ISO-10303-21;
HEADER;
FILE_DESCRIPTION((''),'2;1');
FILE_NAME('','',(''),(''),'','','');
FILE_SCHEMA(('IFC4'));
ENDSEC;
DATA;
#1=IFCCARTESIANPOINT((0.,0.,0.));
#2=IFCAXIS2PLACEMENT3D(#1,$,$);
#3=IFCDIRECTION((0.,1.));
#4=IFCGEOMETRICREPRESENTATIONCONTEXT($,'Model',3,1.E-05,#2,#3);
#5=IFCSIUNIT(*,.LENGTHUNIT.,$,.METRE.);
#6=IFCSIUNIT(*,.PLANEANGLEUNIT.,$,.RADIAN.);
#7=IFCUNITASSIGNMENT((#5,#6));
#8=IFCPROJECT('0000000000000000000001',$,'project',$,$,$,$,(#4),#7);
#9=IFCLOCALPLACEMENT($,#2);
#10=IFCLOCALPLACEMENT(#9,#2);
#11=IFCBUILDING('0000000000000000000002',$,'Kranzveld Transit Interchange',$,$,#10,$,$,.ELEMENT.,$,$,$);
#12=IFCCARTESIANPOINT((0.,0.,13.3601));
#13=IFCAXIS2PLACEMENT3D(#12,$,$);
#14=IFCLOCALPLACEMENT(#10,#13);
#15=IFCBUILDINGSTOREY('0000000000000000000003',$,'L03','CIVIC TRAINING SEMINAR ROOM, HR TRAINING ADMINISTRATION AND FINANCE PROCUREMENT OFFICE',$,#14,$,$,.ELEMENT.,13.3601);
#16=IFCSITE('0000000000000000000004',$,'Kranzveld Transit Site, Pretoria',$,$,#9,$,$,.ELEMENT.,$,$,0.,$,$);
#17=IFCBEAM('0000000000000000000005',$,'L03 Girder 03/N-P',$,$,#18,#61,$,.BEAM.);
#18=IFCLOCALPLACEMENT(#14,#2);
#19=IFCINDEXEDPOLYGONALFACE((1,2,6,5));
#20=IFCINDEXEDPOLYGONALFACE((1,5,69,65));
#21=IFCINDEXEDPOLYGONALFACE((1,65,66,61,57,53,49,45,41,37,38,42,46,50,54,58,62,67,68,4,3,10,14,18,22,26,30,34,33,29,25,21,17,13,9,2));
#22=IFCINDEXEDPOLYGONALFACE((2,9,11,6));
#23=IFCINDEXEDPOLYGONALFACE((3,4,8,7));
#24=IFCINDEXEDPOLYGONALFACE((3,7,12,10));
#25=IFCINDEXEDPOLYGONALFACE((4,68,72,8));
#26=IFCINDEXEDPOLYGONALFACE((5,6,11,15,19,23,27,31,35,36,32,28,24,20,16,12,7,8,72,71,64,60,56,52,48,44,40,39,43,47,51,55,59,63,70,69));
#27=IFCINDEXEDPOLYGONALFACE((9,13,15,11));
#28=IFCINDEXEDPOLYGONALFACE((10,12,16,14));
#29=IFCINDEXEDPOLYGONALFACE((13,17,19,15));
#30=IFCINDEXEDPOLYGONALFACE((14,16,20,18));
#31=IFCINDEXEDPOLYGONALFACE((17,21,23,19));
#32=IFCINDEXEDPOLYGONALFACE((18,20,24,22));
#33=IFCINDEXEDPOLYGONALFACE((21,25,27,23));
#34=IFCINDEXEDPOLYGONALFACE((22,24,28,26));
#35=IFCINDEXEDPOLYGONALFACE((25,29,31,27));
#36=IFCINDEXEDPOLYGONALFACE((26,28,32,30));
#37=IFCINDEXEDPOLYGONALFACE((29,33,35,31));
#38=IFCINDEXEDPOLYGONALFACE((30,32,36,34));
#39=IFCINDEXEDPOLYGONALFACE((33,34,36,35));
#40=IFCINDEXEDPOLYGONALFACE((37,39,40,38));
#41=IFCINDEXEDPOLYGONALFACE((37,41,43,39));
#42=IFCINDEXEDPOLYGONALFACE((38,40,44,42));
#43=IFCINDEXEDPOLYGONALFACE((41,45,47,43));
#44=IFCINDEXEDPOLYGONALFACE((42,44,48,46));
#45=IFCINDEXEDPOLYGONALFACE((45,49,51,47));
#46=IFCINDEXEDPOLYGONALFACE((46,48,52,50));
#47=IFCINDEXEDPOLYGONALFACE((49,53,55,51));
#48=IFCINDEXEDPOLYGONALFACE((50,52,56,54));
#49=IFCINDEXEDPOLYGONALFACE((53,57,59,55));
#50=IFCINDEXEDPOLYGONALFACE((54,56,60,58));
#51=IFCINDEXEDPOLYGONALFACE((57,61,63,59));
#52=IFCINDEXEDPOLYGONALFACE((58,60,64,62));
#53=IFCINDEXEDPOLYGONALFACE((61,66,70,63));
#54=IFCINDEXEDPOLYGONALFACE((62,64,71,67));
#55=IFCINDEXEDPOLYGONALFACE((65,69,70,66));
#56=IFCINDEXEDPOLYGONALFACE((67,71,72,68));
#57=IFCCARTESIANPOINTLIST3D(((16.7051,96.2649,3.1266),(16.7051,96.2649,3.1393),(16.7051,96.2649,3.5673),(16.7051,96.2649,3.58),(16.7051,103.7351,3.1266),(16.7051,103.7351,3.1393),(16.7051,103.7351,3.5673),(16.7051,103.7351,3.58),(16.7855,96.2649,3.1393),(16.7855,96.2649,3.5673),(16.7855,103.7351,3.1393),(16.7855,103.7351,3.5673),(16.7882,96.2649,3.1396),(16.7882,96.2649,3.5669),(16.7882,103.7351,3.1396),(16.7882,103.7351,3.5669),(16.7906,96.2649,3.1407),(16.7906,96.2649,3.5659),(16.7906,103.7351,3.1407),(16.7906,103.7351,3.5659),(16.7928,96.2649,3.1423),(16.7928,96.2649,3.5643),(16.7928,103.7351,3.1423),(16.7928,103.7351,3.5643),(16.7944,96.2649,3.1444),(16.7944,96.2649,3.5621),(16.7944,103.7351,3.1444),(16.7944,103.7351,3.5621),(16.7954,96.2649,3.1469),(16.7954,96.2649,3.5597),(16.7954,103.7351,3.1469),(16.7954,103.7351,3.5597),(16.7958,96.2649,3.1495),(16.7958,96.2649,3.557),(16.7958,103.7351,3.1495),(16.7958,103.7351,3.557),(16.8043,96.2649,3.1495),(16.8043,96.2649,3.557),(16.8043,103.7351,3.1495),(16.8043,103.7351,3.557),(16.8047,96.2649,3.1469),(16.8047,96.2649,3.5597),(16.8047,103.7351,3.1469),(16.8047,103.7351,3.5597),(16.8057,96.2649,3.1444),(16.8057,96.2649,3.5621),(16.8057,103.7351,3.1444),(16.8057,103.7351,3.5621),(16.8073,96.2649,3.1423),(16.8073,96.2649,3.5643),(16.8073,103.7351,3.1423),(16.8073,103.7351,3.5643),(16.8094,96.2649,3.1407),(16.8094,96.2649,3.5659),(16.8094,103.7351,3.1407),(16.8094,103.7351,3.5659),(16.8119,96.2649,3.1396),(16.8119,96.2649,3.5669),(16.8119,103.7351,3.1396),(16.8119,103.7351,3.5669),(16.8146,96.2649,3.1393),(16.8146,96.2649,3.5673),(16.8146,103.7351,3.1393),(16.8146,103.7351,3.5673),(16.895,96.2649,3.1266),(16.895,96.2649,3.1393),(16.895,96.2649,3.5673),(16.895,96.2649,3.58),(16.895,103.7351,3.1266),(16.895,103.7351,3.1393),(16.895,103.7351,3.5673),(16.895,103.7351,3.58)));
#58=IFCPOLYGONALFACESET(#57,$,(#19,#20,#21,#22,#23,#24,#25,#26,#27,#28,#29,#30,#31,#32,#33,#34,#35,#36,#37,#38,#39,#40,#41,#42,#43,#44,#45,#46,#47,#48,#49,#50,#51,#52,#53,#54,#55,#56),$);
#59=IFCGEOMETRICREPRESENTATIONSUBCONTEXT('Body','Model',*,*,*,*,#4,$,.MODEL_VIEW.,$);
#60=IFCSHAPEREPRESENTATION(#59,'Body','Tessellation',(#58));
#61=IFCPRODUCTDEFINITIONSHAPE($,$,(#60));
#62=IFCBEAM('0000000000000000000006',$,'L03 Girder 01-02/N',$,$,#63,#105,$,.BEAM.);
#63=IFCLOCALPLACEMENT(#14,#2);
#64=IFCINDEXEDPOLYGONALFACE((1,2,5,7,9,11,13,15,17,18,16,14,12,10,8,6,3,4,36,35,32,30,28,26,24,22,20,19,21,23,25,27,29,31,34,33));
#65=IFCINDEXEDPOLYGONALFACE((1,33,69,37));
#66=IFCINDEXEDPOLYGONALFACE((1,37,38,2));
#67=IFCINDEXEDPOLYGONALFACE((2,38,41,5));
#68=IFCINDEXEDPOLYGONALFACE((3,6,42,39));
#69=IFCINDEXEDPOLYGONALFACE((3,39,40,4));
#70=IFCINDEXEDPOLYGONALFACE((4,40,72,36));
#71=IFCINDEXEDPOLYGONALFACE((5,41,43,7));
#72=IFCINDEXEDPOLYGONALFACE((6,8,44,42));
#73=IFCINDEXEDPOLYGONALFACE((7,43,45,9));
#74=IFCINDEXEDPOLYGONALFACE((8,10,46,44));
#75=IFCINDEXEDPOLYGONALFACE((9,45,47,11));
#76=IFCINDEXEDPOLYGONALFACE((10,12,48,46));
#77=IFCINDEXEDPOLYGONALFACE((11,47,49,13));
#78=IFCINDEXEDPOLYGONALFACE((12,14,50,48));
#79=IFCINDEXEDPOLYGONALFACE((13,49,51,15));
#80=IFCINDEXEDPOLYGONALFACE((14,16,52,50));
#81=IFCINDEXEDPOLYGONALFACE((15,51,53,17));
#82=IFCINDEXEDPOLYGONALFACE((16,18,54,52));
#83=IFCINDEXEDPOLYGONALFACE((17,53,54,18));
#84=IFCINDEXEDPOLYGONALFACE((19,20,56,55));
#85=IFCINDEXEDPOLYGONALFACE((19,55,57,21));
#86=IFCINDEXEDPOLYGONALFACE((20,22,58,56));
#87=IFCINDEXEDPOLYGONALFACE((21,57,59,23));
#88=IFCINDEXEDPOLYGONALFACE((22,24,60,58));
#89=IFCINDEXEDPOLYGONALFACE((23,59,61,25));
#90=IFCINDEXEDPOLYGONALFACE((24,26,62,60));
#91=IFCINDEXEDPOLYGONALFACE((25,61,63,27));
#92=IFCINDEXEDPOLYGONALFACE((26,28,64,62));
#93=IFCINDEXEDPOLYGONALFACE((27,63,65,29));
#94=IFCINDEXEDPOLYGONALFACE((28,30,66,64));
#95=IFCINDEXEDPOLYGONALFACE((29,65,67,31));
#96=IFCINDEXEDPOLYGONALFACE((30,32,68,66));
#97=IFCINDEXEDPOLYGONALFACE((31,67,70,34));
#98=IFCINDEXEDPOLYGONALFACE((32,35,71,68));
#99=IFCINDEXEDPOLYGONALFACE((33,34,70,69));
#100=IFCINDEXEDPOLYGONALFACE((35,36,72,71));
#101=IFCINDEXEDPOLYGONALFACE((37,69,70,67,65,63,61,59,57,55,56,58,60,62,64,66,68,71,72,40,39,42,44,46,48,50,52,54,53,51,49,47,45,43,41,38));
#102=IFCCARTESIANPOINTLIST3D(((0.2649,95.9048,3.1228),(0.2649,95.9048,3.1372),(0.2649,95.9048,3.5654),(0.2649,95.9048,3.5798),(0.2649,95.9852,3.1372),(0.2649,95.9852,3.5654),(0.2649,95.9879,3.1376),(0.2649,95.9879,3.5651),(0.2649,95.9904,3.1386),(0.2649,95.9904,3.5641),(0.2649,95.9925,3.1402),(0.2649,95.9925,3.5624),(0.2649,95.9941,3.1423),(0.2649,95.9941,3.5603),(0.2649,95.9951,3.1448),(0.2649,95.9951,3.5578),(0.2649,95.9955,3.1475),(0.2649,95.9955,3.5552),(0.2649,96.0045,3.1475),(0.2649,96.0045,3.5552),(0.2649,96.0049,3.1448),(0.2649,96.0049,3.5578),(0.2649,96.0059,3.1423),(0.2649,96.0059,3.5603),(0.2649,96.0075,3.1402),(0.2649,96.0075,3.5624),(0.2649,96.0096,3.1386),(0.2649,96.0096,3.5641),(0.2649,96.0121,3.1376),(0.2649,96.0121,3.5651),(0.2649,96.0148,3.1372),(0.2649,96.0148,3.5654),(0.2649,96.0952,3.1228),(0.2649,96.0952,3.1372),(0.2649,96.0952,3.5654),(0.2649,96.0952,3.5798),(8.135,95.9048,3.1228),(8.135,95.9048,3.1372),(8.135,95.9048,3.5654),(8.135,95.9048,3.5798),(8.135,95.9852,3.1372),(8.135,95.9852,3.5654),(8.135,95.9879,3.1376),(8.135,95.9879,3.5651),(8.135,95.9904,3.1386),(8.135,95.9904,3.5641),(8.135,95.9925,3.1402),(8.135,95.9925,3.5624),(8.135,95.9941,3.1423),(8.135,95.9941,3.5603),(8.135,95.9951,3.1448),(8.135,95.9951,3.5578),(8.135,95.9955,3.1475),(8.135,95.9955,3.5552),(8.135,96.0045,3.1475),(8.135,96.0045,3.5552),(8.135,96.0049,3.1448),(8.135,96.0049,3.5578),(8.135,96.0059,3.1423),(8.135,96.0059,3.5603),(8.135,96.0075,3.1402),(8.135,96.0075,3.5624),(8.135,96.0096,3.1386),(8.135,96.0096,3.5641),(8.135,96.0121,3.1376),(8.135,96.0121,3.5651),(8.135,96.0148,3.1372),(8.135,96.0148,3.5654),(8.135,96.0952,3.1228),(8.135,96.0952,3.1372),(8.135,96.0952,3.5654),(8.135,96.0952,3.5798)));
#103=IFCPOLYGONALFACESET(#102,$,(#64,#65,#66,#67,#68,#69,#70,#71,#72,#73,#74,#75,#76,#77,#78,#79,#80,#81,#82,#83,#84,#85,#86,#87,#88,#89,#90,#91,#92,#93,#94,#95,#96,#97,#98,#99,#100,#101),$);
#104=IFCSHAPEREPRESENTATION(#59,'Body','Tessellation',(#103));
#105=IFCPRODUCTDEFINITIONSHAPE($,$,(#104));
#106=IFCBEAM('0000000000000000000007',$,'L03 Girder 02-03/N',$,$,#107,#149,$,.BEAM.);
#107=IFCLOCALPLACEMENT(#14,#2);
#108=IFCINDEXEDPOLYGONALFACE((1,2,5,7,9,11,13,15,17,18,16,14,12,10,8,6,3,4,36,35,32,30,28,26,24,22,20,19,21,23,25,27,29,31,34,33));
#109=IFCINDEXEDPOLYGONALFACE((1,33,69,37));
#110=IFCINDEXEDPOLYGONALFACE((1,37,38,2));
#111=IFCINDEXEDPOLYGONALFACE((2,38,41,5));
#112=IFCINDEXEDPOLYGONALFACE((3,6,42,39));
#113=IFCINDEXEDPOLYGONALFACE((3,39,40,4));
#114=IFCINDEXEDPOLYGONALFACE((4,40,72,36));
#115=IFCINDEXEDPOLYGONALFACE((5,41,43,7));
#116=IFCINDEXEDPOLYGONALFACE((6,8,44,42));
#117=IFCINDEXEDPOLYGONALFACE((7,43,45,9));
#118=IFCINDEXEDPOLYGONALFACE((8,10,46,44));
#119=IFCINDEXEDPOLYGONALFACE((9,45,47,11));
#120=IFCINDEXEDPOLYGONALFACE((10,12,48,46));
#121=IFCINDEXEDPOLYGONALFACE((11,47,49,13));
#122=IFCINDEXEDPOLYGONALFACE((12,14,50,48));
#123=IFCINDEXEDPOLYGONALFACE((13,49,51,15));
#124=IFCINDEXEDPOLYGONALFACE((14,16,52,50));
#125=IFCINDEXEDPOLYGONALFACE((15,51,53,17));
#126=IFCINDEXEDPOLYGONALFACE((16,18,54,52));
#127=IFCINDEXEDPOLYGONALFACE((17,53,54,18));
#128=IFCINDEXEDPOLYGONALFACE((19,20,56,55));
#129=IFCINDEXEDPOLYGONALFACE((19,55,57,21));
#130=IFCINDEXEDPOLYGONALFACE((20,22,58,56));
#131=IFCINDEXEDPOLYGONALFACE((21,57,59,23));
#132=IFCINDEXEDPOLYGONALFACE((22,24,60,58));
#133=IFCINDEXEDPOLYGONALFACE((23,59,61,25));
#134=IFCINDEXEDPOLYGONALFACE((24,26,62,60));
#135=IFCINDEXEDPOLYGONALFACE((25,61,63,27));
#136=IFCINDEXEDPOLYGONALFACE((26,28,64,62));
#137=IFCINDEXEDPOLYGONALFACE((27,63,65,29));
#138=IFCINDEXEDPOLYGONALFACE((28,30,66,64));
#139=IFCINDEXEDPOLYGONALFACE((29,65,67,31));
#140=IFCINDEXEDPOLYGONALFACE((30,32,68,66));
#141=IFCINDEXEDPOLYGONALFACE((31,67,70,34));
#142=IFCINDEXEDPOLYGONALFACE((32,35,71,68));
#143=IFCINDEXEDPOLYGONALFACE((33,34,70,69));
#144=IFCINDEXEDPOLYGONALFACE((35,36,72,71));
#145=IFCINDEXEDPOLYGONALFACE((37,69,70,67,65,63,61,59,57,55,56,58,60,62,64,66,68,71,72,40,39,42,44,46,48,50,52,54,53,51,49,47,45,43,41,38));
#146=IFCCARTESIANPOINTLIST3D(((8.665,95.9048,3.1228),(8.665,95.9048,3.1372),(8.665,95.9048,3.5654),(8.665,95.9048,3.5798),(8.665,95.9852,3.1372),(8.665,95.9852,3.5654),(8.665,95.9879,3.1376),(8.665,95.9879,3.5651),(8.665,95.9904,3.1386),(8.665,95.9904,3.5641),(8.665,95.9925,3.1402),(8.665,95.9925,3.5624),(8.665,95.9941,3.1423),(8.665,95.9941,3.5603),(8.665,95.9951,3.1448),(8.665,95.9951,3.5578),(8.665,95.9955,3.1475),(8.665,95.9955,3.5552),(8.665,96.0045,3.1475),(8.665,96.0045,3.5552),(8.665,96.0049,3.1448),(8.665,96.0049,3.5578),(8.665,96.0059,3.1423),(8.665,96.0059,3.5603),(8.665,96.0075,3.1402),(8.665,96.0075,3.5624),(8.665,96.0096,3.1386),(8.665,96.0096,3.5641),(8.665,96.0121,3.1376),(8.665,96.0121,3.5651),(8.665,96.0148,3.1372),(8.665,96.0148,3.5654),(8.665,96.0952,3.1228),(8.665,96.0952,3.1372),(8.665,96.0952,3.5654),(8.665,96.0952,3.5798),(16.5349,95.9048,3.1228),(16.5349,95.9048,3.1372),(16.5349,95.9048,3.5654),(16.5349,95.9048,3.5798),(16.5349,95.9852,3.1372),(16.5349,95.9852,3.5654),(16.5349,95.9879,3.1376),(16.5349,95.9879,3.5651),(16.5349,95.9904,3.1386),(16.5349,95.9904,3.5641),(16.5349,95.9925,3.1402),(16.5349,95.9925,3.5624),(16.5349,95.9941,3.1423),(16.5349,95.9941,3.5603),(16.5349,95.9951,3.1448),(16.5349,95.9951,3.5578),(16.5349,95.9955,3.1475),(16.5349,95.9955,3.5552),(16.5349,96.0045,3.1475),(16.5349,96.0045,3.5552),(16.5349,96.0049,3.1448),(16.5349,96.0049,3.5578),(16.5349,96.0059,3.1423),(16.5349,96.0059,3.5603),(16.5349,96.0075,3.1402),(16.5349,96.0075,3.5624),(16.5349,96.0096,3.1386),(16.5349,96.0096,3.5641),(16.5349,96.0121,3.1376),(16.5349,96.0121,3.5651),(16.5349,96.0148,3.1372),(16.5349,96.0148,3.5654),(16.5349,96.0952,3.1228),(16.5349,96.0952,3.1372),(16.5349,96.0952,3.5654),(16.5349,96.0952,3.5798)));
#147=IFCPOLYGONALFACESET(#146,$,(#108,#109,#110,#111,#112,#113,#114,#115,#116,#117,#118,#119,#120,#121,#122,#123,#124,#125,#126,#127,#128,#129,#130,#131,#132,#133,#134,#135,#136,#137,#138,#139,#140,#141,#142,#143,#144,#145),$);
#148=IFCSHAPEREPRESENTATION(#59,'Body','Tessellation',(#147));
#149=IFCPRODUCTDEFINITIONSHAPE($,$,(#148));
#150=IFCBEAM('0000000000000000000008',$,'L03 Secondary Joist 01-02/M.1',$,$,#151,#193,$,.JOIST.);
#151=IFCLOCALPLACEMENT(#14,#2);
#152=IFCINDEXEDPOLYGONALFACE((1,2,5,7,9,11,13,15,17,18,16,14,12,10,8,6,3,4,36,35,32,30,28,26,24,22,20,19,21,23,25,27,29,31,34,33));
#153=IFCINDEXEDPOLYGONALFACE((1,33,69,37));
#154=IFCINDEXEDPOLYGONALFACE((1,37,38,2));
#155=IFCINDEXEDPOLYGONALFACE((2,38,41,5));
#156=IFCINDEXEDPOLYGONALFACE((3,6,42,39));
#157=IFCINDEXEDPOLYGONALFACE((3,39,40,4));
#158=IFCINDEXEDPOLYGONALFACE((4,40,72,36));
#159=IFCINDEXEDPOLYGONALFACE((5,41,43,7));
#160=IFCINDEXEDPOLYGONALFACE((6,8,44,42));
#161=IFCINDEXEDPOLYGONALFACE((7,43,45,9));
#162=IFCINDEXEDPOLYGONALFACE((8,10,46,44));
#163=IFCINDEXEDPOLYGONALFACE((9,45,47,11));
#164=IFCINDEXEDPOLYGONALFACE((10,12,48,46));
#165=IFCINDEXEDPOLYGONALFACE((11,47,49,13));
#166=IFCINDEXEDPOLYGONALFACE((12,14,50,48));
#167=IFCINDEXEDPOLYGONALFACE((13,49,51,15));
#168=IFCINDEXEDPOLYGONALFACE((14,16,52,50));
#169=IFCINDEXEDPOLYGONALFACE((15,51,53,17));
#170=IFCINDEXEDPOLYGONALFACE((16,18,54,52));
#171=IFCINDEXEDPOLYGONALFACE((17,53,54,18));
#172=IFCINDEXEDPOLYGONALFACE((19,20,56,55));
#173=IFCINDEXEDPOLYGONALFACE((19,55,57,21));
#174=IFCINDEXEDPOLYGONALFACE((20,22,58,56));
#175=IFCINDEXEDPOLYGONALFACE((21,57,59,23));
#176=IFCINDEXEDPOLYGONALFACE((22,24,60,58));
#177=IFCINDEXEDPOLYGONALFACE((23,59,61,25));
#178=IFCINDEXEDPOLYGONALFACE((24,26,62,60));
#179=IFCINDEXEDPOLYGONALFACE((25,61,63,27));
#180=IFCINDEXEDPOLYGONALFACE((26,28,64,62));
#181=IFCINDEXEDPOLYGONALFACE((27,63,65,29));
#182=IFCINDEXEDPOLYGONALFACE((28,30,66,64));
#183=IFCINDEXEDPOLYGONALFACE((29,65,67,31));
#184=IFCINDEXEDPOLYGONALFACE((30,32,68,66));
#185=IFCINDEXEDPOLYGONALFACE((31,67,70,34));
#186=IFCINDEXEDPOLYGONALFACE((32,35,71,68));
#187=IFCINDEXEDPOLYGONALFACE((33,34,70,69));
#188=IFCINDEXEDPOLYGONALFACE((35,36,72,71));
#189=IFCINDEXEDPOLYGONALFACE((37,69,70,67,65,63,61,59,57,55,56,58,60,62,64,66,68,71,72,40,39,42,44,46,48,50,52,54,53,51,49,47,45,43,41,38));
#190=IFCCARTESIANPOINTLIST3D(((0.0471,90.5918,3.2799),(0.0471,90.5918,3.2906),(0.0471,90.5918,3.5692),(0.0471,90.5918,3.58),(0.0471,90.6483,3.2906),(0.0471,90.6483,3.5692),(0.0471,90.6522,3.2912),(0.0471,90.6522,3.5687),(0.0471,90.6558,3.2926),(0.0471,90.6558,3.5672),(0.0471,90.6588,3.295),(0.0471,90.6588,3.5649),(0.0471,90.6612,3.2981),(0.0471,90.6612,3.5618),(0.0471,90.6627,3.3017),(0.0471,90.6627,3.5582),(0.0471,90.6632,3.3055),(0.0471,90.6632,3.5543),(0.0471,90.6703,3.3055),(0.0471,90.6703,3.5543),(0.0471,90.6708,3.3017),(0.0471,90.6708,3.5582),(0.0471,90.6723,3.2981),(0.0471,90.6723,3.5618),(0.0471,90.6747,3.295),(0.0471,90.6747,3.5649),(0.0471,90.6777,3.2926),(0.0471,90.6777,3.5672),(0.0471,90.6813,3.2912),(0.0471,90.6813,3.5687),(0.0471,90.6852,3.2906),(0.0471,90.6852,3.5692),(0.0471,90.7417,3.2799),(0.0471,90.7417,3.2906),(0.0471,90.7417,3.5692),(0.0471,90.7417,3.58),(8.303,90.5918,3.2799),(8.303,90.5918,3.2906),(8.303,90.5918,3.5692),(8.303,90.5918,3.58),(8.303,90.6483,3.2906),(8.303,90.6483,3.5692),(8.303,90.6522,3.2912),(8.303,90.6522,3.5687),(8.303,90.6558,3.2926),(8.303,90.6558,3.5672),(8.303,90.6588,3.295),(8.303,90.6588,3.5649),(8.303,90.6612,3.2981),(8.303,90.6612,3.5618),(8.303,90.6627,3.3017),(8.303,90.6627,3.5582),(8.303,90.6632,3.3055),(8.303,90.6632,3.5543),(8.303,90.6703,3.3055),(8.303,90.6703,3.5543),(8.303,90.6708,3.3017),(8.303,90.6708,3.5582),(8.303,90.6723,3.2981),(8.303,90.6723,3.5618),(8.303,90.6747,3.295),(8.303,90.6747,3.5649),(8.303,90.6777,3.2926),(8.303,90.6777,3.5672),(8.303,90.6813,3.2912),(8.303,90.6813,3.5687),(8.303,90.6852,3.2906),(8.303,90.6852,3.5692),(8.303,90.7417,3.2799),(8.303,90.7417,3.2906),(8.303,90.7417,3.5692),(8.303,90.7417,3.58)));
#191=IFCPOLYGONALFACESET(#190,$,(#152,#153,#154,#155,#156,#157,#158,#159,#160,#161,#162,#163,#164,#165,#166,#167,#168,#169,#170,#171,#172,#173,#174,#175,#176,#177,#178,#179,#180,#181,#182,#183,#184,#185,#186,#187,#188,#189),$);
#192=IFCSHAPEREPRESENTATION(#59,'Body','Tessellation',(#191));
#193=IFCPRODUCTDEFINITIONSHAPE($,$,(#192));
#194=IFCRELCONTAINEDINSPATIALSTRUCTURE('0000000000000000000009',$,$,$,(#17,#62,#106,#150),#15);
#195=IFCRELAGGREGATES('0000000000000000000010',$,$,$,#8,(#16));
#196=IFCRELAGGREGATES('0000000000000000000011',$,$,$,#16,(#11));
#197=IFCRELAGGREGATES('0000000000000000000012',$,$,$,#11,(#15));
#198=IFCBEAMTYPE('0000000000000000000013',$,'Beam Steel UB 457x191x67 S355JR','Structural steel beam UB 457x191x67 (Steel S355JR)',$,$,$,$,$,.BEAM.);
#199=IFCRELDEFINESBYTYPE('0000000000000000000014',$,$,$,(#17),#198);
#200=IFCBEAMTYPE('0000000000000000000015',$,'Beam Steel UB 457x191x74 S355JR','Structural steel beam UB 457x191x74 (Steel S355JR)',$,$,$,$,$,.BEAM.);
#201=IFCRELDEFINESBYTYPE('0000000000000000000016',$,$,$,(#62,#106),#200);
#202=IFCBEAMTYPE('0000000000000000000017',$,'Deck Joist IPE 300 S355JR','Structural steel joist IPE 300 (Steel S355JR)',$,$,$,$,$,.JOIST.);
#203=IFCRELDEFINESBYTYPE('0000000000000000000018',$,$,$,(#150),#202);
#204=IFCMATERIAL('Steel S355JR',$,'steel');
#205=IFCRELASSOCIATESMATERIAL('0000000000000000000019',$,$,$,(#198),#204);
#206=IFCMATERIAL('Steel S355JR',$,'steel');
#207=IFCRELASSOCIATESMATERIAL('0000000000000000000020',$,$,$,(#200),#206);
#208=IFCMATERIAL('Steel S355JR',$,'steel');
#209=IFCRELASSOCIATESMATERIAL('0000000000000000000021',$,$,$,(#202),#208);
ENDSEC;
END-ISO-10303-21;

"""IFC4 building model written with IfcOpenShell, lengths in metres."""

from ifc_helpers import new_model, si_unit, direction, frame, origin, origin_2d, place, context, subcontext, project, spatial, i_section, extrude, material, material_profile, profile_set, type_object, element, save


model = new_model("IFC4")

# Units and contexts
model_context = context("Model", 3, precision=1e-05, world=origin(), true_north=direction((0.0, 1.0)))
body_context = subcontext(model_context, "Body", "Model", "MODEL_VIEW")
ifc_project = project(units=[si_unit("LENGTHUNIT", "METRE"), si_unit("PLANEANGLEUNIT", "RADIAN")], contexts=[model_context])

# Site, building, storey
site_placement = place(None, origin())
site = spatial("IfcSite", under=ifc_project, at=site_placement, Name="Kranzveld Transit Site, Pretoria", CompositionType="ELEMENT", RefElevation=0.0)
building_placement = place(site_placement, origin())
building = spatial("IfcBuilding", under=site, at=building_placement, Name="Kranzveld Transit Interchange", CompositionType="ELEMENT")
storey_placement = place(building_placement, frame((0.0, 0.0, 13.3601)))
storey = spatial("IfcBuildingStorey", under=building, at=storey_placement, Name="L03", Description="CIVIC TRAINING SEMINAR ROOM, HR TRAINING ADMINISTRATION AND FINANCE PROCUREMENT OFFICE", CompositionType="ELEMENT", Elevation=13.3601)

# Beams
ifc_material_1 = material(Name="Steel S355JR", Category="steel")
ifc_material_profile_1 = material_profile(ifc_material_1, i_section(OverallWidth=0.1899, OverallDepth=0.4534, WebThickness=0.0085, FlangeThickness=0.0127, FilletRadius=0.0103, at=origin_2d()), Name="UB 457x191x67")
ifc_profile_set_1 = profile_set([ifc_material_profile_1], Name="Steel S355JR")
beam_type_1 = type_object("IfcBeamType", Name="Beam Steel UB 457x191x67 S355JR", Description="Structural steel beam UB 457x191x67 (Steel S355JR)", PredefinedType="BEAM", material=ifc_profile_set_1)
for number, where, z_axis, x_axis, name in (
    (1, (16.8, 96.2649, 3.3533), (0.0, 1.0, 0.0), (-1.0, 0.0, 0.0), "L03 Girder 03/N-P"),
):
    element("IfcBeam", number, at=place(storey_placement, frame(where, z_axis=z_axis, x_axis=x_axis)), inside=storey, type_object=beam_type_1, Name=name, PredefinedType="BEAM", context=body_context, shape_type="SweptSolid", body=[
        extrude(i_section(OverallWidth=0.1899, OverallDepth=0.4534, WebThickness=0.0085, FlangeThickness=0.0127, FilletRadius=0.0103, at=origin_2d()), origin(), (0.0, 0.0, 1.0), 7.4702),
    ])
ifc_material_2 = material(Name="Steel S355JR", Category="steel")
ifc_material_profile_2 = material_profile(ifc_material_2, i_section(OverallWidth=0.1904, OverallDepth=0.457, WebThickness=0.009, FlangeThickness=0.0144, FilletRadius=0.0103, at=origin_2d()), Name="UB 457x191x74")
ifc_profile_set_2 = profile_set([ifc_material_profile_2], Name="Steel S355JR")
beam_type_2 = type_object("IfcBeamType", Name="Beam Steel UB 457x191x74 S355JR", Description="Structural steel beam UB 457x191x74 (Steel S355JR)", PredefinedType="BEAM", material=ifc_profile_set_2)
beam_1_placement = place(storey_placement, frame((0.2649, 96.0, 3.3513), z_axis=(1.0, 0.0, 0.0), x_axis=(0.0, 1.0, 0.0)))
element("IfcBeam", 2, at=beam_1_placement, inside=storey, type_object=beam_type_2, Name="L03 Girder 01-02/N", PredefinedType="BEAM", context=body_context, shape_type="SweptSolid", body=[
    extrude(i_section(OverallWidth=0.1904, OverallDepth=0.457, WebThickness=0.009, FlangeThickness=0.0144, FilletRadius=0.0103, at=origin_2d()), origin(), (0.0, 0.0, 1.0), 7.8701),
])
beam_2_placement = place(storey_placement, frame((8.665, 96.0, 3.3513), z_axis=(1.0, 0.0, 0.0), x_axis=(0.0, 1.0, 0.0)))
element("IfcBeam", 3, at=beam_2_placement, inside=storey, type_object=beam_type_2, Name="L03 Girder 02-03/N", PredefinedType="BEAM", context=body_context, shape_type="SweptSolid", body=[
    extrude(i_section(OverallWidth=0.1904, OverallDepth=0.457, WebThickness=0.009, FlangeThickness=0.0144, FilletRadius=0.0103, at=origin_2d()), origin(), (0.0, 0.0, 1.0), 7.8699),
])
ifc_material_3 = material(Name="Steel S355JR", Category="steel")
ifc_material_profile_3 = material_profile(ifc_material_3, i_section(OverallWidth=0.1499, OverallDepth=0.3, WebThickness=0.0071, FlangeThickness=0.0107, FilletRadius=0.0149, at=origin_2d()), Name="IPE 300")
ifc_profile_set_3 = profile_set([ifc_material_profile_3], Name="Steel S355JR")
beam_type_3 = type_object("IfcBeamType", Name="Deck Joist IPE 300 S355JR", Description="Structural steel joist IPE 300 (Steel S355JR)", PredefinedType="JOIST", material=ifc_profile_set_3)
for number, where, z_axis, x_axis, name in (
    (4, (0.0471, 90.6667, 3.4299), (1.0, 0.0, 0.0), (0.0, 1.0, 0.0), "L03 Secondary Joist 01-02/M.1"),
):
    element("IfcBeam", number, at=place(storey_placement, frame(where, z_axis=z_axis, x_axis=x_axis)), inside=storey, type_object=beam_type_3, Name=name, PredefinedType="JOIST", context=body_context, shape_type="SweptSolid", body=[
        extrude(i_section(OverallWidth=0.1499, OverallDepth=0.3, WebThickness=0.0071, FlangeThickness=0.0107, FilletRadius=0.0149, at=origin_2d()), origin(), (0.0, 0.0, 1.0), 8.2559),
    ])

save(model, "model.ifc")
